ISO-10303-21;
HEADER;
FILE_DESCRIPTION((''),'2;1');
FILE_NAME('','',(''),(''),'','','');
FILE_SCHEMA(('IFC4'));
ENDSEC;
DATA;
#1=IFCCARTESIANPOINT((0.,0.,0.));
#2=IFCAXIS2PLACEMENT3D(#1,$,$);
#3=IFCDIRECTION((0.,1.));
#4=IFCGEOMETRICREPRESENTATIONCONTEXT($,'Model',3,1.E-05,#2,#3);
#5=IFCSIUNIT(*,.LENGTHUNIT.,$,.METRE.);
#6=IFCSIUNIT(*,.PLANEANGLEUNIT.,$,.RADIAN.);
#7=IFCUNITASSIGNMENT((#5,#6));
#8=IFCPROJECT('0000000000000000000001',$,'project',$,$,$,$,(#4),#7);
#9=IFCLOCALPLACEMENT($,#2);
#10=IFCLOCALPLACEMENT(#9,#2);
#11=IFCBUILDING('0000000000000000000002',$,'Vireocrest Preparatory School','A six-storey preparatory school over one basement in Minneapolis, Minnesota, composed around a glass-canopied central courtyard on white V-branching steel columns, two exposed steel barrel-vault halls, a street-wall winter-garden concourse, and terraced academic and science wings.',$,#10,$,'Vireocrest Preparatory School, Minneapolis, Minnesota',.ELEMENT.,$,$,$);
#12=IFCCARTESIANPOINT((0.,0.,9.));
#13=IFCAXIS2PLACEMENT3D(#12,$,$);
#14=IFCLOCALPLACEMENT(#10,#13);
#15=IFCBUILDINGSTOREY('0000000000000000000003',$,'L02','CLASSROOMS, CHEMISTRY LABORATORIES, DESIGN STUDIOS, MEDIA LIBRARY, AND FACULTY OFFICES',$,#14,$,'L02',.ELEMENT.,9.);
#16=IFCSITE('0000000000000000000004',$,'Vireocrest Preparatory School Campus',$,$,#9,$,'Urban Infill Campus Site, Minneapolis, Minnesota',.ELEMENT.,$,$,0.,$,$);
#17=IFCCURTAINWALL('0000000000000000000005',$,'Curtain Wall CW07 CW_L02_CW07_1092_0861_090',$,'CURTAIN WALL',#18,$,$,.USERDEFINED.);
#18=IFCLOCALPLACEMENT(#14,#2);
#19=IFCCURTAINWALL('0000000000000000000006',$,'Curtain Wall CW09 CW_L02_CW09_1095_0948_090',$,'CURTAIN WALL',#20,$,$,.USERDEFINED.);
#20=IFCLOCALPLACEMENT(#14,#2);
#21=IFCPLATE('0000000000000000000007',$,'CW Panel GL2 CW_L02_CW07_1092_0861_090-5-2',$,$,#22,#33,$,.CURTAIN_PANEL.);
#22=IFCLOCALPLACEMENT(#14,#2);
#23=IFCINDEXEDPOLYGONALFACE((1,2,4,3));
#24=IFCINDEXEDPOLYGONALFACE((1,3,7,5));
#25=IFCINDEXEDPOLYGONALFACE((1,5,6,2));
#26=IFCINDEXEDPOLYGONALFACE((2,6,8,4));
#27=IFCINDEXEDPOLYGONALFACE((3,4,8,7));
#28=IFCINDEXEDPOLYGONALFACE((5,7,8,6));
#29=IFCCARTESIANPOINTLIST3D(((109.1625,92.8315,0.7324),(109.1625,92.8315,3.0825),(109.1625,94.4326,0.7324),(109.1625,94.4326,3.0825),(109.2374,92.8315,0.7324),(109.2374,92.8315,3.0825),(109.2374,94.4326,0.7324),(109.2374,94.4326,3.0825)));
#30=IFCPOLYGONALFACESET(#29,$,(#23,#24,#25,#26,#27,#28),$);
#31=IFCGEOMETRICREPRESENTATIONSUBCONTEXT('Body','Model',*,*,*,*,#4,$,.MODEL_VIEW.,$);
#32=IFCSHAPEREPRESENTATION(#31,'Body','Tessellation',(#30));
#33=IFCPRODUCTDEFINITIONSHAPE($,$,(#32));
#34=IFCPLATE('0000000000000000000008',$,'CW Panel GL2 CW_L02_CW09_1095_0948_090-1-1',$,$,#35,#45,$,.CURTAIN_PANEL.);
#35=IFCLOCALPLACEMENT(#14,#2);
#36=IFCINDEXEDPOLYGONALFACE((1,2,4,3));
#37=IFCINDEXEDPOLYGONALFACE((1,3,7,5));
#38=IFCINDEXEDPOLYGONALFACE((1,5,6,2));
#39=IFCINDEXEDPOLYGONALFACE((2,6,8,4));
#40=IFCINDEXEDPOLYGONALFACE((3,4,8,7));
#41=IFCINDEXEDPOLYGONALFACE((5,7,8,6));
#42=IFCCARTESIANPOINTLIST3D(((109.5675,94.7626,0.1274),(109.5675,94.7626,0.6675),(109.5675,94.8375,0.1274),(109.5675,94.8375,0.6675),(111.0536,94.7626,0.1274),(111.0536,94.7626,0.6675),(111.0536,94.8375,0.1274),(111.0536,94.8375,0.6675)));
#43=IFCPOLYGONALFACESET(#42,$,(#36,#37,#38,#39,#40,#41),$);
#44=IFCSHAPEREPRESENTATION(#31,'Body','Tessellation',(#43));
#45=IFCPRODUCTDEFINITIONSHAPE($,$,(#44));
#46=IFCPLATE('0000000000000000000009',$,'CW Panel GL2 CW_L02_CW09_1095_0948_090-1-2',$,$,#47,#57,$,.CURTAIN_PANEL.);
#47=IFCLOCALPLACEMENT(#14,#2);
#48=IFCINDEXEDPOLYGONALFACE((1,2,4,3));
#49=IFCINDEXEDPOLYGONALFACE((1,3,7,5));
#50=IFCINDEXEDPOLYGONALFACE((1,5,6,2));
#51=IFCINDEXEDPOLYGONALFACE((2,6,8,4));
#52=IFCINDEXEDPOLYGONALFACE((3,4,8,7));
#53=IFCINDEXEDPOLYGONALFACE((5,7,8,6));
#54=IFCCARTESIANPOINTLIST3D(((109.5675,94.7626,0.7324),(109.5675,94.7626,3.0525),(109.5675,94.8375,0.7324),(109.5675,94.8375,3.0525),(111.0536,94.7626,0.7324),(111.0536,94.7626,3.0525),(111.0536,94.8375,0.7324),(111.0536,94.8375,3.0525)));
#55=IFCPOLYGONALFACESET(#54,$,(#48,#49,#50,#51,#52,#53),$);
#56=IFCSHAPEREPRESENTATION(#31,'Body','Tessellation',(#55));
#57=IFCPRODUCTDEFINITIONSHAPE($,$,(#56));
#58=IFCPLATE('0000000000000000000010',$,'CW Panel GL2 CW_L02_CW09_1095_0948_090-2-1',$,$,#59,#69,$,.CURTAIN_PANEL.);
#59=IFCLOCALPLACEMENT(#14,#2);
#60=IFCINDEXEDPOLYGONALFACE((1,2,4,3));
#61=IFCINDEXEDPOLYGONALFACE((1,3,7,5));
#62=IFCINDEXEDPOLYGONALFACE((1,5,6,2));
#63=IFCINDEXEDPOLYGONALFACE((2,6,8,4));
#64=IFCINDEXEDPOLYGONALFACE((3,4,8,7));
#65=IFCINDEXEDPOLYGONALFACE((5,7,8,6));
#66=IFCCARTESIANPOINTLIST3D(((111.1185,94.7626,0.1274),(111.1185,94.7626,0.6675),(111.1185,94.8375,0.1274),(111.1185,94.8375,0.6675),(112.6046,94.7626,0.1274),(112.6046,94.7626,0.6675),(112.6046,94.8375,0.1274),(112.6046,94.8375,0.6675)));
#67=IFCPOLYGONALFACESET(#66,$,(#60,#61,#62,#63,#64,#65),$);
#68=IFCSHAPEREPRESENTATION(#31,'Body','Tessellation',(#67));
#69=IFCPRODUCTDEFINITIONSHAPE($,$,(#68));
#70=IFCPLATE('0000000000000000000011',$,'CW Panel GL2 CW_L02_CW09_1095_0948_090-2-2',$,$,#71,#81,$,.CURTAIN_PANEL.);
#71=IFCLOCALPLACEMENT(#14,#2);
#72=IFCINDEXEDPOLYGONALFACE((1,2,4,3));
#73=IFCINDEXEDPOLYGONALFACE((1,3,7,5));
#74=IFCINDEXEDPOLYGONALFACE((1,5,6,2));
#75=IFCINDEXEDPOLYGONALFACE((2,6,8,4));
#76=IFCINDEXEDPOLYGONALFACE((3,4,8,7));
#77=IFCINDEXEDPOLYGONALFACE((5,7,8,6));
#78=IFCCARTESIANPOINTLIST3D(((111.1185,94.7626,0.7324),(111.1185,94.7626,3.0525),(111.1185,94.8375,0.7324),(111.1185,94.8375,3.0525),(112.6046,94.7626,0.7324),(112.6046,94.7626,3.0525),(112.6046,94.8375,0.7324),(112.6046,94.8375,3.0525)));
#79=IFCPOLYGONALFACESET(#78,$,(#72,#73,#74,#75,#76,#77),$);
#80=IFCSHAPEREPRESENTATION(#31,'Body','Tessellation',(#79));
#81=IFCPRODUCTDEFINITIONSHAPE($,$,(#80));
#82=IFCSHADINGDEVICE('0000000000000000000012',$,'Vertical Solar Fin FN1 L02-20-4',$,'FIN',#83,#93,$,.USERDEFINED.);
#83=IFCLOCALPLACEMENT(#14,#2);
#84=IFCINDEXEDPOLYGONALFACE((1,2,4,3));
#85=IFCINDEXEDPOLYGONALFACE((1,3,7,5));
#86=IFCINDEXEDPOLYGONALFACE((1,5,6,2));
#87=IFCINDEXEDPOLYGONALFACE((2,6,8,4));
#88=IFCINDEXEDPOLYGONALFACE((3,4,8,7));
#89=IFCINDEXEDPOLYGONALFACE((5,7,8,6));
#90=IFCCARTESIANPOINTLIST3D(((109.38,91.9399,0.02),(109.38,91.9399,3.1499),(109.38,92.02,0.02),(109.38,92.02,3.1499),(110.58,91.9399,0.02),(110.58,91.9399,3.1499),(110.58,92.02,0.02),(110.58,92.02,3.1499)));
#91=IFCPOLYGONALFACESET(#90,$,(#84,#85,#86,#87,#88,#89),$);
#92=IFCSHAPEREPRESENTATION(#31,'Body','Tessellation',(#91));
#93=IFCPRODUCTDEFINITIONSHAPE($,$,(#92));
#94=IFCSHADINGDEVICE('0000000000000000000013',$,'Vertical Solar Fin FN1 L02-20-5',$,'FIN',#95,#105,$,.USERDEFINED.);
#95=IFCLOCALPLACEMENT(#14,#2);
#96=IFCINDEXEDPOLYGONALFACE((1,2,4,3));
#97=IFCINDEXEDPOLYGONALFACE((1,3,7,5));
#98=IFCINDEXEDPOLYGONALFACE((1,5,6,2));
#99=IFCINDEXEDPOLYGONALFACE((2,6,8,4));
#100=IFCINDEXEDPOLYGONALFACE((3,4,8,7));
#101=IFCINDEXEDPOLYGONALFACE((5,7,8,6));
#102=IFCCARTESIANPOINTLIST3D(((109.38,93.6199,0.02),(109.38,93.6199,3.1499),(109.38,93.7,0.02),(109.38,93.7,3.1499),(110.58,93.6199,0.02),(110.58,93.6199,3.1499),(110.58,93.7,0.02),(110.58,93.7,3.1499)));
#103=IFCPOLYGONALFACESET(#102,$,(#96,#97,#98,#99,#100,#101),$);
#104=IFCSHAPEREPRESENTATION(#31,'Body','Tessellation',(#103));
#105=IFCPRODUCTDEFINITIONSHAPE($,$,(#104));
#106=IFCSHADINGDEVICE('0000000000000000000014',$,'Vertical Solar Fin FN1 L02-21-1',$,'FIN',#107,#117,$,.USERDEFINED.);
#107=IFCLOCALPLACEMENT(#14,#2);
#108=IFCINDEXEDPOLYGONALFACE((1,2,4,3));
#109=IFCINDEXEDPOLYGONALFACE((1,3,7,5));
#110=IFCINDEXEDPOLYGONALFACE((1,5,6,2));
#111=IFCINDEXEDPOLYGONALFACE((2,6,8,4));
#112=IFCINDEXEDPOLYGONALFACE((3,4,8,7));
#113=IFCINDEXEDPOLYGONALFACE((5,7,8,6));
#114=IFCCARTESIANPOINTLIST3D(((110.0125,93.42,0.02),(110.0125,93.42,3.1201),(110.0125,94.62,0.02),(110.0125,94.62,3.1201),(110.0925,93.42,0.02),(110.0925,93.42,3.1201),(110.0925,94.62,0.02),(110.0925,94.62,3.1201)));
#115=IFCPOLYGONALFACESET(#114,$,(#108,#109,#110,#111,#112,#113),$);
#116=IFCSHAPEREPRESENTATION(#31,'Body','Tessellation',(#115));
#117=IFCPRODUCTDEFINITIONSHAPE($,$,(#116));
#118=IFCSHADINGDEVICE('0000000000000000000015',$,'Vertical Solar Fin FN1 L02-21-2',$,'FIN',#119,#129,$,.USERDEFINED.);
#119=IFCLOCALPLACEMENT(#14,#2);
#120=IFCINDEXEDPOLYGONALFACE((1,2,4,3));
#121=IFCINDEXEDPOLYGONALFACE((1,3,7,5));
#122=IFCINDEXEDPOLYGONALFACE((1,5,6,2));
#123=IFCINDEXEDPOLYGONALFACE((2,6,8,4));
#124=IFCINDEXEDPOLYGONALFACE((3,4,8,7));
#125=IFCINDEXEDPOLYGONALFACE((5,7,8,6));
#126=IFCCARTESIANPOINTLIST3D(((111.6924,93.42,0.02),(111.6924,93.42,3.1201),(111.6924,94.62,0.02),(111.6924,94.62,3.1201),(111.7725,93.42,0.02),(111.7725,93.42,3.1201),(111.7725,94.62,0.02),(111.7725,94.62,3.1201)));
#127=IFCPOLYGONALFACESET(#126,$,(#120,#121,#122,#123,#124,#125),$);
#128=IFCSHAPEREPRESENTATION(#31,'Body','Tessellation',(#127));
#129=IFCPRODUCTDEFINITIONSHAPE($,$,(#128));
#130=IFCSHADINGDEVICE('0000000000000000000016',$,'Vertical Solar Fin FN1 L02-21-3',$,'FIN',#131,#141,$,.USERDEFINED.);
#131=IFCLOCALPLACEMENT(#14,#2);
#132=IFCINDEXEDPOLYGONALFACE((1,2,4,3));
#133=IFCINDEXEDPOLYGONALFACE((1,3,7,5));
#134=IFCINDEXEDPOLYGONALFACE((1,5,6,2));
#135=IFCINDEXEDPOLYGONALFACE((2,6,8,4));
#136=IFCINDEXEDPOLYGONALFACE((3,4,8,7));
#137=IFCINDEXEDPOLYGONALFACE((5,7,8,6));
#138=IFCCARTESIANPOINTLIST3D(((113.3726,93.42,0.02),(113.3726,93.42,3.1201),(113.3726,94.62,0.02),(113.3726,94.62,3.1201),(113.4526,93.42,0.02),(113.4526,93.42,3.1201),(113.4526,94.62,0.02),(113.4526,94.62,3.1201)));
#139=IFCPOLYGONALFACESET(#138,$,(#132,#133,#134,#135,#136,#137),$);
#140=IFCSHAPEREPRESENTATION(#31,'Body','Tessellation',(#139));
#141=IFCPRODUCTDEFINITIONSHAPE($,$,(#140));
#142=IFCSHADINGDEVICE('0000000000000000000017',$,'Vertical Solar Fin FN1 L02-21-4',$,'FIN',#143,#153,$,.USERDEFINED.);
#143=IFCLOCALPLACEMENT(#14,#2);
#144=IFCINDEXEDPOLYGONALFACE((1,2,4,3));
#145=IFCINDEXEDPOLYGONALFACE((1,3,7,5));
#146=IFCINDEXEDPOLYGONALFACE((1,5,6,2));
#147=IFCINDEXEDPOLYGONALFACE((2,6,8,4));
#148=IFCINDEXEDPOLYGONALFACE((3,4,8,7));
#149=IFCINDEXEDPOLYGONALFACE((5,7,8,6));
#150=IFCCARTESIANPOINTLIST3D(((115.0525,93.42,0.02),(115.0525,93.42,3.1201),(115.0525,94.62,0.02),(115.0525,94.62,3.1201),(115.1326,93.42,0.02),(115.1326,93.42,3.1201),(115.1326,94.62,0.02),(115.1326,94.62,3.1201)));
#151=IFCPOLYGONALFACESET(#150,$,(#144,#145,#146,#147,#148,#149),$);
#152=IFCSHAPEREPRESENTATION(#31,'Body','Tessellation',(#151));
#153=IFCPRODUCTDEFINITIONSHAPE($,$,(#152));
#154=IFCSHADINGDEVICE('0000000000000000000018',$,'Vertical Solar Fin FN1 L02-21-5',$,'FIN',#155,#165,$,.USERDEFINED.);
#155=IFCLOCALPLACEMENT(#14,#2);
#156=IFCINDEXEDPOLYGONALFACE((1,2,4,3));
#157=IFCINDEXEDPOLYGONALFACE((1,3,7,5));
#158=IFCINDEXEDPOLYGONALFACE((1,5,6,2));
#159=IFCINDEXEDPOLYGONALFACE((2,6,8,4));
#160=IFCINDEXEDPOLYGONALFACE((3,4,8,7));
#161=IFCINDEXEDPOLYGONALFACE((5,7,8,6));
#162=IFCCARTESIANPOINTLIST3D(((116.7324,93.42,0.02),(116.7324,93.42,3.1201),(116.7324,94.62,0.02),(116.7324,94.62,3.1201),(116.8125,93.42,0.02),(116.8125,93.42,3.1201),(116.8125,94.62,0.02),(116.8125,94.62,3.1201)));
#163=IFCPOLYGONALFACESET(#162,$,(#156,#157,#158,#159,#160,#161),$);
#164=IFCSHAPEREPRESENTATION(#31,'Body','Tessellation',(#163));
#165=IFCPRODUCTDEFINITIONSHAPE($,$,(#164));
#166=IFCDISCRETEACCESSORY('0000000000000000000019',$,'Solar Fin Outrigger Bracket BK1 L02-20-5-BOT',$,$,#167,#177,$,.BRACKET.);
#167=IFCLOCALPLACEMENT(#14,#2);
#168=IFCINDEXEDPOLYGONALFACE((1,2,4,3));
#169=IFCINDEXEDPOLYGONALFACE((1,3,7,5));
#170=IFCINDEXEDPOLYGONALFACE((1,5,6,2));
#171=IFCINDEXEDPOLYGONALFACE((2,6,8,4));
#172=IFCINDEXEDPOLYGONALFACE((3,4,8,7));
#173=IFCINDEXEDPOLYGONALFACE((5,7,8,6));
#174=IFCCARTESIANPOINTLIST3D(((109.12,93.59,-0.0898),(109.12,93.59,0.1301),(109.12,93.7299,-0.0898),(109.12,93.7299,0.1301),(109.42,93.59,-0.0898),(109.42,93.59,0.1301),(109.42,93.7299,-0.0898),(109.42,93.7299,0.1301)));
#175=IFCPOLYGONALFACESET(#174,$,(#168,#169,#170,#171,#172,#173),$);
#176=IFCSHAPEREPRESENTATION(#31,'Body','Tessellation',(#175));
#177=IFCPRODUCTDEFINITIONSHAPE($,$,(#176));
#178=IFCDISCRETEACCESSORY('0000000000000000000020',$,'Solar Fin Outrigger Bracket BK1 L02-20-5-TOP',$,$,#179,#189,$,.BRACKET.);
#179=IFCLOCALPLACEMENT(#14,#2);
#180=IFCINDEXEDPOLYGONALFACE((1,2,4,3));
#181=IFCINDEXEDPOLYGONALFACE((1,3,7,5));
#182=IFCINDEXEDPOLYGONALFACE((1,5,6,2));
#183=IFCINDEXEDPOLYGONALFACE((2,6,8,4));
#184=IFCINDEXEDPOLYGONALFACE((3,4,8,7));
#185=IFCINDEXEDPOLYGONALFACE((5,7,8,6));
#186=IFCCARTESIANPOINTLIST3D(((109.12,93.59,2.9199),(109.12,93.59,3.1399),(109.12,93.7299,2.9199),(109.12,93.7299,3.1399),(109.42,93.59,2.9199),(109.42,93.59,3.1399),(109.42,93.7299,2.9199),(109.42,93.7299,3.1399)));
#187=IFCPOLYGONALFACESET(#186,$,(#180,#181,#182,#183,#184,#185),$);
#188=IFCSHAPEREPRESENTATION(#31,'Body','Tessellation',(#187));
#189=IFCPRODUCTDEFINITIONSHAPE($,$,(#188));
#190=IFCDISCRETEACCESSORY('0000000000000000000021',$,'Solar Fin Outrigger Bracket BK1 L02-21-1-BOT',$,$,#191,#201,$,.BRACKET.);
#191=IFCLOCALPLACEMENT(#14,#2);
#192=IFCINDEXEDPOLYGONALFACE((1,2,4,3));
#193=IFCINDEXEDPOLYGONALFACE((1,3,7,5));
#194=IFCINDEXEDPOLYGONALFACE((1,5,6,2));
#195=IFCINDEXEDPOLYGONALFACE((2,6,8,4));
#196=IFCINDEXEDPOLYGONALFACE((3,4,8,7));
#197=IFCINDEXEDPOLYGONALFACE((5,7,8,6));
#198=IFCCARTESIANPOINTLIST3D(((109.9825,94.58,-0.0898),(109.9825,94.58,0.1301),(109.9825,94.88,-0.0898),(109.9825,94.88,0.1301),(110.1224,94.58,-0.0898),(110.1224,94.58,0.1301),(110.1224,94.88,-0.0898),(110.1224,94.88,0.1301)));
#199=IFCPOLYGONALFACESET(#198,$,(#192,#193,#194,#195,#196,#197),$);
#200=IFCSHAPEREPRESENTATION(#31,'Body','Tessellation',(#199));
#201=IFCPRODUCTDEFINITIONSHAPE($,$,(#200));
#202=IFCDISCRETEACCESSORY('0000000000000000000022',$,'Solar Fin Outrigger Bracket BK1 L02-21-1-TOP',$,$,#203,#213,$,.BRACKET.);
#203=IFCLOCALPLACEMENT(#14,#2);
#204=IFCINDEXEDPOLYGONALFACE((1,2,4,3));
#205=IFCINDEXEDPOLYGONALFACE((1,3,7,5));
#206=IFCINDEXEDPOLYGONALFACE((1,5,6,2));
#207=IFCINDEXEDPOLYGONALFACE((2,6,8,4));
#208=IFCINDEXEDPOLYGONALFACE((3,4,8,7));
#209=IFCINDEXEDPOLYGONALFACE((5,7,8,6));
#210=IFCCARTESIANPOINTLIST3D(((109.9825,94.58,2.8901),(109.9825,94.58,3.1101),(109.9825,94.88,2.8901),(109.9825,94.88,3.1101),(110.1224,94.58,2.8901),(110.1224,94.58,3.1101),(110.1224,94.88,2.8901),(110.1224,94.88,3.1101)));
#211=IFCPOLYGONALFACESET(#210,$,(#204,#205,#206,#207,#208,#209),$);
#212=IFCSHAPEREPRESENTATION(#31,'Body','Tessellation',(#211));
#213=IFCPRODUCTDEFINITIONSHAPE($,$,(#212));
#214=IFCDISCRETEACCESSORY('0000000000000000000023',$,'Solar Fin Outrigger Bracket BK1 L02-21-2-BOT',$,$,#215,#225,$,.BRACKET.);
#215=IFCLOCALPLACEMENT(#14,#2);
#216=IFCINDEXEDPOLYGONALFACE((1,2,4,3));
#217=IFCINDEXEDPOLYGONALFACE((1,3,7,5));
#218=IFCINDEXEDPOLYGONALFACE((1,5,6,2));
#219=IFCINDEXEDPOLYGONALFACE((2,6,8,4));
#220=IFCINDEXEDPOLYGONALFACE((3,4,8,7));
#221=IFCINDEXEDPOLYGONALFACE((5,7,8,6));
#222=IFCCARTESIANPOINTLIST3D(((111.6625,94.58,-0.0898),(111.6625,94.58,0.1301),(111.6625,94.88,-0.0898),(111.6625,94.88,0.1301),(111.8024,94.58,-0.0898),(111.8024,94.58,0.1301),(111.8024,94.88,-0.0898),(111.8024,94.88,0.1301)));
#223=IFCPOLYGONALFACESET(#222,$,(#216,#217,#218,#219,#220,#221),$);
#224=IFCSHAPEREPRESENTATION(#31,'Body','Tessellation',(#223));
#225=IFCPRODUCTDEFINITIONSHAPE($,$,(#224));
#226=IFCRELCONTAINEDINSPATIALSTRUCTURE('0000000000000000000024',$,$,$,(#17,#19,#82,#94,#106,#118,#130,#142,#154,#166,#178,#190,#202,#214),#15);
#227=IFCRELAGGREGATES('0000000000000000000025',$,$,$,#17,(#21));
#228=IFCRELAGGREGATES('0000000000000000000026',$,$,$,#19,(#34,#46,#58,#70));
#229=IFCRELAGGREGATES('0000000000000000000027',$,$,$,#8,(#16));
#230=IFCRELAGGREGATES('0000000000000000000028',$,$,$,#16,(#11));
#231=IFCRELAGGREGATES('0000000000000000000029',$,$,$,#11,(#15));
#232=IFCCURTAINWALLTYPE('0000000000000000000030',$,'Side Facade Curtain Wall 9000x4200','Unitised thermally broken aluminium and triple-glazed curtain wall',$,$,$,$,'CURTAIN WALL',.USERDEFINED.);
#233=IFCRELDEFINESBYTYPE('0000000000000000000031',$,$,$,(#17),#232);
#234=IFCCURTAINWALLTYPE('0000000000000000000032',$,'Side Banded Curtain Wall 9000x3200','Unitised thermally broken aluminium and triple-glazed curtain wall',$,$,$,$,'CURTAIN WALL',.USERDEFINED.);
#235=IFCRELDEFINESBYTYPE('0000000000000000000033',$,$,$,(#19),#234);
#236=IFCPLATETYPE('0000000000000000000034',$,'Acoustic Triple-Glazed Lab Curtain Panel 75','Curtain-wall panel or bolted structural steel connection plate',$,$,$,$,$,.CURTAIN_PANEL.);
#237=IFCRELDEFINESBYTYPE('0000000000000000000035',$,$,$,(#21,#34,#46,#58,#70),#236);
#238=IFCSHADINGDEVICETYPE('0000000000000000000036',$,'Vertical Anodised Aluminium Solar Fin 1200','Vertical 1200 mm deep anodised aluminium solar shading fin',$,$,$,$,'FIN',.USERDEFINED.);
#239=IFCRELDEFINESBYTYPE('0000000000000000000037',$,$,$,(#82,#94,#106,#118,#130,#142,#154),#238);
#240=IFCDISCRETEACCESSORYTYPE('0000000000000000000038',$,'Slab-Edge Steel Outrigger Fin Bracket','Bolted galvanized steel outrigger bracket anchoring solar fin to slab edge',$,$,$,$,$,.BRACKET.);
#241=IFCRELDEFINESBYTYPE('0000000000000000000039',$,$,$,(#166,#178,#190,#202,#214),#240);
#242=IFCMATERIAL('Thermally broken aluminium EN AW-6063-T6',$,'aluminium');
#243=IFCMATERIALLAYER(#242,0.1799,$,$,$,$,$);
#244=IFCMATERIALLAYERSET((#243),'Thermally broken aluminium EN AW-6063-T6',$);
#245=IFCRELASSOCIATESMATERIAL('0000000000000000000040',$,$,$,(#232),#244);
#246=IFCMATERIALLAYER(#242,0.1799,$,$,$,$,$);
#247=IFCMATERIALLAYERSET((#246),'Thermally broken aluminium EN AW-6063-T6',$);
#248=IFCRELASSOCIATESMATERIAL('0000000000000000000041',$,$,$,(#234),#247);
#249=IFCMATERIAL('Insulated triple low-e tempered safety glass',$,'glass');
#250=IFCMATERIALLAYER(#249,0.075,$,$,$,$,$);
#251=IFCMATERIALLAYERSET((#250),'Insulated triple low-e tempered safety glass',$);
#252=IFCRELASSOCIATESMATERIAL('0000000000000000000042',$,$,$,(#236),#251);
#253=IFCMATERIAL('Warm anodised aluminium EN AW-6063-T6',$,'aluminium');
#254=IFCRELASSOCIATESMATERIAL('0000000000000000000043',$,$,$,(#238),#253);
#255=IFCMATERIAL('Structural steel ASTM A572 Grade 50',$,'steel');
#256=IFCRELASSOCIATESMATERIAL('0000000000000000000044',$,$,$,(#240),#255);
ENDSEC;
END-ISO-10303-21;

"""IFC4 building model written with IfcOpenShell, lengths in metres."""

from ifc_helpers import new_model, si_unit, direction, frame, origin, origin_2d, place, context, subcontext, project, spatial, rectangle, extrude, material, layer, layer_set, material_profile, profile_set, type_object, element, aggregate, save


model = new_model("IFC4")

# Units and contexts
model_context = context("Model", 3, precision=1e-05, world=origin(), true_north=direction((0.0, 1.0)))
body_context = subcontext(model_context, "Body", "Model", "MODEL_VIEW")
ifc_project = project(units=[si_unit("LENGTHUNIT", "METRE"), si_unit("PLANEANGLEUNIT", "RADIAN")], contexts=[model_context])

# Site, building, storey
site_placement = place(None, origin())
site = spatial("IfcSite", under=ifc_project, at=site_placement, Name="Vireocrest Preparatory School Campus", LongName="Urban Infill Campus Site, Minneapolis, Minnesota", CompositionType="ELEMENT", RefElevation=0.0)
building_placement = place(site_placement, origin())
building = spatial("IfcBuilding", under=site, at=building_placement, Name="Vireocrest Preparatory School", Description="A six-storey preparatory school over one basement in Minneapolis, Minnesota, composed around a glass-canopied central courtyard on white V-branching steel columns, two exposed steel barrel-vault halls, a street-wall winter-garden concourse, and terraced academic and science wings.", LongName="Vireocrest Preparatory School, Minneapolis, Minnesota", CompositionType="ELEMENT")
storey_placement = place(building_placement, frame((0.0, 0.0, 9.0)))
storey = spatial("IfcBuildingStorey", under=building, at=storey_placement, Name="L02", Description="CLASSROOMS, CHEMISTRY LABORATORIES, DESIGN STUDIOS, MEDIA LIBRARY, AND FACULTY OFFICES", LongName="L02", CompositionType="ELEMENT", Elevation=9.0)

# Curtain walls
ifc_material_1 = material(Name="Thermally broken aluminium EN AW-6063-T6", Category="aluminium")
ifc_layer_1 = layer(ifc_material_1, 0.1799)
ifc_layer_set_1 = layer_set([ifc_layer_1], Name="Thermally broken aluminium EN AW-6063-T6")
curtain_wall_type_1 = type_object("IfcCurtainWallType", Name="Side Facade Curtain Wall 9000x4200", Description="Unitised thermally broken aluminium and triple-glazed curtain wall", ElementType="CURTAIN WALL", PredefinedType="USERDEFINED", material=ifc_layer_set_1)
curtain_wall_1_placement = place(storey_placement, origin())
curtain_wall_1 = element("IfcCurtainWall", 1, at=curtain_wall_1_placement, inside=storey, type_object=curtain_wall_type_1, Name="Curtain Wall CW07 CW_L02_CW07_1092_0861_090", ObjectType="CURTAIN WALL", PredefinedType="USERDEFINED")
ifc_layer_2 = layer(ifc_material_1, 0.1799)
ifc_layer_set_2 = layer_set([ifc_layer_2], Name="Thermally broken aluminium EN AW-6063-T6")
curtain_wall_type_2 = type_object("IfcCurtainWallType", Name="Side Banded Curtain Wall 9000x3200", Description="Unitised thermally broken aluminium and triple-glazed curtain wall", ElementType="CURTAIN WALL", PredefinedType="USERDEFINED", material=ifc_layer_set_2)
curtain_wall_2_placement = place(storey_placement, origin())
curtain_wall_2 = element("IfcCurtainWall", 2, at=curtain_wall_2_placement, inside=storey, type_object=curtain_wall_type_2, Name="Curtain Wall CW09 CW_L02_CW09_1095_0948_090", ObjectType="CURTAIN WALL", PredefinedType="USERDEFINED")

# Plates
ifc_material_2 = material(Name="Insulated triple low-e tempered safety glass", Category="glass")
ifc_layer_3 = layer(ifc_material_2, 0.075)
ifc_layer_set_3 = layer_set([ifc_layer_3], Name="Insulated triple low-e tempered safety glass")
plate_type = type_object("IfcPlateType", Name="Acoustic Triple-Glazed Lab Curtain Panel 75", Description="Curtain-wall panel or bolted structural steel connection plate", PredefinedType="CURTAIN_PANEL", material=ifc_layer_set_3)
plate_1_placement = place(storey_placement, frame((109.2, 93.6321, 0.7324), z_axis=(0.0, 0.0, 1.0), x_axis=(0.0, 1.0, 0.0)))
plate_1 = element("IfcPlate", 3, at=plate_1_placement, type_object=plate_type, Name="CW Panel GL2 CW_L02_CW07_1092_0861_090-5-2", PredefinedType="CURTAIN_PANEL", context=body_context, shape_type="SweptSolid", body=[
    extrude(rectangle(XDim=1.6011, YDim=0.075, at=origin_2d()), origin(), (0.0, 0.0, 1.0), 2.3501),
])
aggregate(curtain_wall_1, [plate_1])
plate_2_placement = place(storey_placement, frame((110.3105, 94.8, 0.1274), z_axis=(0.0, 0.0, 1.0), x_axis=(1.0, 0.0, 0.0)))
plate_2 = element("IfcPlate", 4, at=plate_2_placement, type_object=plate_type, Name="CW Panel GL2 CW_L02_CW09_1095_0948_090-1-1", PredefinedType="CURTAIN_PANEL", context=body_context, shape_type="SweptSolid", body=[
    extrude(rectangle(XDim=1.4861, YDim=0.075, at=origin_2d()), origin(), (0.0, 0.0, 1.0), 0.54),
])
plate_3_placement = place(storey_placement, frame((110.3105, 94.8, 0.7324), z_axis=(0.0, 0.0, 1.0), x_axis=(1.0, 0.0, 0.0)))
plate_3 = element("IfcPlate", 5, at=plate_3_placement, type_object=plate_type, Name="CW Panel GL2 CW_L02_CW09_1095_0948_090-1-2", PredefinedType="CURTAIN_PANEL", context=body_context, shape_type="SweptSolid", body=[
    extrude(rectangle(XDim=1.4861, YDim=0.075, at=origin_2d()), origin(), (0.0, 0.0, 1.0), 2.3201),
])
plate_4_placement = place(storey_placement, frame((111.8616, 94.8, 0.1274), z_axis=(0.0, 0.0, 1.0), x_axis=(1.0, 0.0, 0.0)))
plate_4 = element("IfcPlate", 6, at=plate_4_placement, type_object=plate_type, Name="CW Panel GL2 CW_L02_CW09_1095_0948_090-2-1", PredefinedType="CURTAIN_PANEL", context=body_context, shape_type="SweptSolid", body=[
    extrude(rectangle(XDim=1.4861, YDim=0.075, at=origin_2d()), origin(), (0.0, 0.0, 1.0), 0.54),
])
plate_5_placement = place(storey_placement, frame((111.8616, 94.8, 0.7324), z_axis=(0.0, 0.0, 1.0), x_axis=(1.0, 0.0, 0.0)))
plate_5 = element("IfcPlate", 7, at=plate_5_placement, type_object=plate_type, Name="CW Panel GL2 CW_L02_CW09_1095_0948_090-2-2", PredefinedType="CURTAIN_PANEL", context=body_context, shape_type="SweptSolid", body=[
    extrude(rectangle(XDim=1.4861, YDim=0.075, at=origin_2d()), origin(), (0.0, 0.0, 1.0), 2.3201),
])
aggregate(curtain_wall_2, [plate_2, plate_3, plate_4, plate_5])

# Shading devices
ifc_material_3 = material(Name="Warm anodised aluminium EN AW-6063-T6", Category="aluminium")
ifc_material_profile_1 = material_profile(ifc_material_3, rectangle(XDim=0.0801, YDim=1.2, at=origin_2d()), Name="FIN 80x1200")
ifc_profile_set_1 = profile_set([ifc_material_profile_1], Name="Warm anodised aluminium EN AW-6063-T6")
shading_device_type = type_object("IfcShadingDeviceType", Name="Vertical Anodised Aluminium Solar Fin 1200", Description="Vertical 1200 mm deep anodised aluminium solar shading fin", ElementType="FIN", PredefinedType="USERDEFINED", material=ifc_profile_set_1)
for number, where, z_axis, x_axis, name in (
    (8, (109.98, 91.98, 0.02), (0.0, 0.0, 1.0), (0.0, -1.0, 0.0), "Vertical Solar Fin FN1 L02-20-4"),
    (9, (109.98, 93.6599, 0.02), (0.0, 0.0, 1.0), (0.0, -1.0, 0.0), "Vertical Solar Fin FN1 L02-20-5"),
):
    element("IfcShadingDevice", number, at=place(storey_placement, frame(where, z_axis=z_axis, x_axis=x_axis)), inside=storey, type_object=shading_device_type, Name=name, ObjectType="FIN", PredefinedType="USERDEFINED", context=body_context, shape_type="SweptSolid", body=[
        extrude(rectangle(XDim=0.0801, YDim=1.2, at=origin_2d()), origin(), (0.0, 0.0, 1.0), 3.1299),
    ])
for number, where, z_axis, x_axis, name in (
    (10, (110.0525, 94.02, 0.02), (0.0, 0.0, 1.0), (-1.0, 0.0, 0.0), "Vertical Solar Fin FN1 L02-21-1"),
    (11, (111.7324, 94.02, 0.02), (0.0, 0.0, 1.0), (-1.0, 0.0, 0.0), "Vertical Solar Fin FN1 L02-21-2"),
    (12, (113.4126, 94.02, 0.02), (0.0, 0.0, 1.0), (-1.0, 0.0, 0.0), "Vertical Solar Fin FN1 L02-21-3"),
    (13, (115.0925, 94.02, 0.02), (0.0, 0.0, 1.0), (-1.0, 0.0, 0.0), "Vertical Solar Fin FN1 L02-21-4"),
    (14, (116.7725, 94.02, 0.02), (0.0, 0.0, 1.0), (-1.0, 0.0, 0.0), "Vertical Solar Fin FN1 L02-21-5"),
):
    element("IfcShadingDevice", number, at=place(storey_placement, frame(where, z_axis=z_axis, x_axis=x_axis)), inside=storey, type_object=shading_device_type, Name=name, ObjectType="FIN", PredefinedType="USERDEFINED", context=body_context, shape_type="SweptSolid", body=[
        extrude(rectangle(XDim=0.0801, YDim=1.2, at=origin_2d()), origin(), (0.0, 0.0, 1.0), 3.1001),
    ])

# Discrete accessories
ifc_material_4 = material(Name="Structural steel ASTM A572 Grade 50", Category="steel")
discrete_accessory_type = type_object("IfcDiscreteAccessoryType", Name="Slab-Edge Steel Outrigger Fin Bracket", Description="Bolted galvanized steel outrigger bracket anchoring solar fin to slab edge", PredefinedType="BRACKET", material=ifc_material_4)
for number, where, z_axis, x_axis, name in (
    (15, (109.27, 93.6599, -0.0898), (0.0, 0.0, 1.0), (0.0, -1.0, 0.0), "Solar Fin Outrigger Bracket BK1 L02-20-5-BOT"),
    (16, (109.27, 93.6599, 2.9199), (0.0, 0.0, 1.0), (0.0, -1.0, 0.0), "Solar Fin Outrigger Bracket BK1 L02-20-5-TOP"),
    (17, (110.0525, 94.73, -0.0898), (0.0, 0.0, 1.0), (-1.0, 0.0, 0.0), "Solar Fin Outrigger Bracket BK1 L02-21-1-BOT"),
    (18, (110.0525, 94.73, 2.8901), (0.0, 0.0, 1.0), (-1.0, 0.0, 0.0), "Solar Fin Outrigger Bracket BK1 L02-21-1-TOP"),
    (19, (111.7324, 94.73, -0.0898), (0.0, 0.0, 1.0), (-1.0, 0.0, 0.0), "Solar Fin Outrigger Bracket BK1 L02-21-2-BOT"),
):
    element("IfcDiscreteAccessory", number, at=place(storey_placement, frame(where, z_axis=z_axis, x_axis=x_axis)), inside=storey, type_object=discrete_accessory_type, Name=name, PredefinedType="BRACKET", context=body_context, shape_type="SweptSolid", body=[
        extrude(rectangle(XDim=0.1399, YDim=0.3, at=origin_2d()), origin(), (0.0, 0.0, 1.0), 0.22),
    ])

save(model, "model.ifc")
